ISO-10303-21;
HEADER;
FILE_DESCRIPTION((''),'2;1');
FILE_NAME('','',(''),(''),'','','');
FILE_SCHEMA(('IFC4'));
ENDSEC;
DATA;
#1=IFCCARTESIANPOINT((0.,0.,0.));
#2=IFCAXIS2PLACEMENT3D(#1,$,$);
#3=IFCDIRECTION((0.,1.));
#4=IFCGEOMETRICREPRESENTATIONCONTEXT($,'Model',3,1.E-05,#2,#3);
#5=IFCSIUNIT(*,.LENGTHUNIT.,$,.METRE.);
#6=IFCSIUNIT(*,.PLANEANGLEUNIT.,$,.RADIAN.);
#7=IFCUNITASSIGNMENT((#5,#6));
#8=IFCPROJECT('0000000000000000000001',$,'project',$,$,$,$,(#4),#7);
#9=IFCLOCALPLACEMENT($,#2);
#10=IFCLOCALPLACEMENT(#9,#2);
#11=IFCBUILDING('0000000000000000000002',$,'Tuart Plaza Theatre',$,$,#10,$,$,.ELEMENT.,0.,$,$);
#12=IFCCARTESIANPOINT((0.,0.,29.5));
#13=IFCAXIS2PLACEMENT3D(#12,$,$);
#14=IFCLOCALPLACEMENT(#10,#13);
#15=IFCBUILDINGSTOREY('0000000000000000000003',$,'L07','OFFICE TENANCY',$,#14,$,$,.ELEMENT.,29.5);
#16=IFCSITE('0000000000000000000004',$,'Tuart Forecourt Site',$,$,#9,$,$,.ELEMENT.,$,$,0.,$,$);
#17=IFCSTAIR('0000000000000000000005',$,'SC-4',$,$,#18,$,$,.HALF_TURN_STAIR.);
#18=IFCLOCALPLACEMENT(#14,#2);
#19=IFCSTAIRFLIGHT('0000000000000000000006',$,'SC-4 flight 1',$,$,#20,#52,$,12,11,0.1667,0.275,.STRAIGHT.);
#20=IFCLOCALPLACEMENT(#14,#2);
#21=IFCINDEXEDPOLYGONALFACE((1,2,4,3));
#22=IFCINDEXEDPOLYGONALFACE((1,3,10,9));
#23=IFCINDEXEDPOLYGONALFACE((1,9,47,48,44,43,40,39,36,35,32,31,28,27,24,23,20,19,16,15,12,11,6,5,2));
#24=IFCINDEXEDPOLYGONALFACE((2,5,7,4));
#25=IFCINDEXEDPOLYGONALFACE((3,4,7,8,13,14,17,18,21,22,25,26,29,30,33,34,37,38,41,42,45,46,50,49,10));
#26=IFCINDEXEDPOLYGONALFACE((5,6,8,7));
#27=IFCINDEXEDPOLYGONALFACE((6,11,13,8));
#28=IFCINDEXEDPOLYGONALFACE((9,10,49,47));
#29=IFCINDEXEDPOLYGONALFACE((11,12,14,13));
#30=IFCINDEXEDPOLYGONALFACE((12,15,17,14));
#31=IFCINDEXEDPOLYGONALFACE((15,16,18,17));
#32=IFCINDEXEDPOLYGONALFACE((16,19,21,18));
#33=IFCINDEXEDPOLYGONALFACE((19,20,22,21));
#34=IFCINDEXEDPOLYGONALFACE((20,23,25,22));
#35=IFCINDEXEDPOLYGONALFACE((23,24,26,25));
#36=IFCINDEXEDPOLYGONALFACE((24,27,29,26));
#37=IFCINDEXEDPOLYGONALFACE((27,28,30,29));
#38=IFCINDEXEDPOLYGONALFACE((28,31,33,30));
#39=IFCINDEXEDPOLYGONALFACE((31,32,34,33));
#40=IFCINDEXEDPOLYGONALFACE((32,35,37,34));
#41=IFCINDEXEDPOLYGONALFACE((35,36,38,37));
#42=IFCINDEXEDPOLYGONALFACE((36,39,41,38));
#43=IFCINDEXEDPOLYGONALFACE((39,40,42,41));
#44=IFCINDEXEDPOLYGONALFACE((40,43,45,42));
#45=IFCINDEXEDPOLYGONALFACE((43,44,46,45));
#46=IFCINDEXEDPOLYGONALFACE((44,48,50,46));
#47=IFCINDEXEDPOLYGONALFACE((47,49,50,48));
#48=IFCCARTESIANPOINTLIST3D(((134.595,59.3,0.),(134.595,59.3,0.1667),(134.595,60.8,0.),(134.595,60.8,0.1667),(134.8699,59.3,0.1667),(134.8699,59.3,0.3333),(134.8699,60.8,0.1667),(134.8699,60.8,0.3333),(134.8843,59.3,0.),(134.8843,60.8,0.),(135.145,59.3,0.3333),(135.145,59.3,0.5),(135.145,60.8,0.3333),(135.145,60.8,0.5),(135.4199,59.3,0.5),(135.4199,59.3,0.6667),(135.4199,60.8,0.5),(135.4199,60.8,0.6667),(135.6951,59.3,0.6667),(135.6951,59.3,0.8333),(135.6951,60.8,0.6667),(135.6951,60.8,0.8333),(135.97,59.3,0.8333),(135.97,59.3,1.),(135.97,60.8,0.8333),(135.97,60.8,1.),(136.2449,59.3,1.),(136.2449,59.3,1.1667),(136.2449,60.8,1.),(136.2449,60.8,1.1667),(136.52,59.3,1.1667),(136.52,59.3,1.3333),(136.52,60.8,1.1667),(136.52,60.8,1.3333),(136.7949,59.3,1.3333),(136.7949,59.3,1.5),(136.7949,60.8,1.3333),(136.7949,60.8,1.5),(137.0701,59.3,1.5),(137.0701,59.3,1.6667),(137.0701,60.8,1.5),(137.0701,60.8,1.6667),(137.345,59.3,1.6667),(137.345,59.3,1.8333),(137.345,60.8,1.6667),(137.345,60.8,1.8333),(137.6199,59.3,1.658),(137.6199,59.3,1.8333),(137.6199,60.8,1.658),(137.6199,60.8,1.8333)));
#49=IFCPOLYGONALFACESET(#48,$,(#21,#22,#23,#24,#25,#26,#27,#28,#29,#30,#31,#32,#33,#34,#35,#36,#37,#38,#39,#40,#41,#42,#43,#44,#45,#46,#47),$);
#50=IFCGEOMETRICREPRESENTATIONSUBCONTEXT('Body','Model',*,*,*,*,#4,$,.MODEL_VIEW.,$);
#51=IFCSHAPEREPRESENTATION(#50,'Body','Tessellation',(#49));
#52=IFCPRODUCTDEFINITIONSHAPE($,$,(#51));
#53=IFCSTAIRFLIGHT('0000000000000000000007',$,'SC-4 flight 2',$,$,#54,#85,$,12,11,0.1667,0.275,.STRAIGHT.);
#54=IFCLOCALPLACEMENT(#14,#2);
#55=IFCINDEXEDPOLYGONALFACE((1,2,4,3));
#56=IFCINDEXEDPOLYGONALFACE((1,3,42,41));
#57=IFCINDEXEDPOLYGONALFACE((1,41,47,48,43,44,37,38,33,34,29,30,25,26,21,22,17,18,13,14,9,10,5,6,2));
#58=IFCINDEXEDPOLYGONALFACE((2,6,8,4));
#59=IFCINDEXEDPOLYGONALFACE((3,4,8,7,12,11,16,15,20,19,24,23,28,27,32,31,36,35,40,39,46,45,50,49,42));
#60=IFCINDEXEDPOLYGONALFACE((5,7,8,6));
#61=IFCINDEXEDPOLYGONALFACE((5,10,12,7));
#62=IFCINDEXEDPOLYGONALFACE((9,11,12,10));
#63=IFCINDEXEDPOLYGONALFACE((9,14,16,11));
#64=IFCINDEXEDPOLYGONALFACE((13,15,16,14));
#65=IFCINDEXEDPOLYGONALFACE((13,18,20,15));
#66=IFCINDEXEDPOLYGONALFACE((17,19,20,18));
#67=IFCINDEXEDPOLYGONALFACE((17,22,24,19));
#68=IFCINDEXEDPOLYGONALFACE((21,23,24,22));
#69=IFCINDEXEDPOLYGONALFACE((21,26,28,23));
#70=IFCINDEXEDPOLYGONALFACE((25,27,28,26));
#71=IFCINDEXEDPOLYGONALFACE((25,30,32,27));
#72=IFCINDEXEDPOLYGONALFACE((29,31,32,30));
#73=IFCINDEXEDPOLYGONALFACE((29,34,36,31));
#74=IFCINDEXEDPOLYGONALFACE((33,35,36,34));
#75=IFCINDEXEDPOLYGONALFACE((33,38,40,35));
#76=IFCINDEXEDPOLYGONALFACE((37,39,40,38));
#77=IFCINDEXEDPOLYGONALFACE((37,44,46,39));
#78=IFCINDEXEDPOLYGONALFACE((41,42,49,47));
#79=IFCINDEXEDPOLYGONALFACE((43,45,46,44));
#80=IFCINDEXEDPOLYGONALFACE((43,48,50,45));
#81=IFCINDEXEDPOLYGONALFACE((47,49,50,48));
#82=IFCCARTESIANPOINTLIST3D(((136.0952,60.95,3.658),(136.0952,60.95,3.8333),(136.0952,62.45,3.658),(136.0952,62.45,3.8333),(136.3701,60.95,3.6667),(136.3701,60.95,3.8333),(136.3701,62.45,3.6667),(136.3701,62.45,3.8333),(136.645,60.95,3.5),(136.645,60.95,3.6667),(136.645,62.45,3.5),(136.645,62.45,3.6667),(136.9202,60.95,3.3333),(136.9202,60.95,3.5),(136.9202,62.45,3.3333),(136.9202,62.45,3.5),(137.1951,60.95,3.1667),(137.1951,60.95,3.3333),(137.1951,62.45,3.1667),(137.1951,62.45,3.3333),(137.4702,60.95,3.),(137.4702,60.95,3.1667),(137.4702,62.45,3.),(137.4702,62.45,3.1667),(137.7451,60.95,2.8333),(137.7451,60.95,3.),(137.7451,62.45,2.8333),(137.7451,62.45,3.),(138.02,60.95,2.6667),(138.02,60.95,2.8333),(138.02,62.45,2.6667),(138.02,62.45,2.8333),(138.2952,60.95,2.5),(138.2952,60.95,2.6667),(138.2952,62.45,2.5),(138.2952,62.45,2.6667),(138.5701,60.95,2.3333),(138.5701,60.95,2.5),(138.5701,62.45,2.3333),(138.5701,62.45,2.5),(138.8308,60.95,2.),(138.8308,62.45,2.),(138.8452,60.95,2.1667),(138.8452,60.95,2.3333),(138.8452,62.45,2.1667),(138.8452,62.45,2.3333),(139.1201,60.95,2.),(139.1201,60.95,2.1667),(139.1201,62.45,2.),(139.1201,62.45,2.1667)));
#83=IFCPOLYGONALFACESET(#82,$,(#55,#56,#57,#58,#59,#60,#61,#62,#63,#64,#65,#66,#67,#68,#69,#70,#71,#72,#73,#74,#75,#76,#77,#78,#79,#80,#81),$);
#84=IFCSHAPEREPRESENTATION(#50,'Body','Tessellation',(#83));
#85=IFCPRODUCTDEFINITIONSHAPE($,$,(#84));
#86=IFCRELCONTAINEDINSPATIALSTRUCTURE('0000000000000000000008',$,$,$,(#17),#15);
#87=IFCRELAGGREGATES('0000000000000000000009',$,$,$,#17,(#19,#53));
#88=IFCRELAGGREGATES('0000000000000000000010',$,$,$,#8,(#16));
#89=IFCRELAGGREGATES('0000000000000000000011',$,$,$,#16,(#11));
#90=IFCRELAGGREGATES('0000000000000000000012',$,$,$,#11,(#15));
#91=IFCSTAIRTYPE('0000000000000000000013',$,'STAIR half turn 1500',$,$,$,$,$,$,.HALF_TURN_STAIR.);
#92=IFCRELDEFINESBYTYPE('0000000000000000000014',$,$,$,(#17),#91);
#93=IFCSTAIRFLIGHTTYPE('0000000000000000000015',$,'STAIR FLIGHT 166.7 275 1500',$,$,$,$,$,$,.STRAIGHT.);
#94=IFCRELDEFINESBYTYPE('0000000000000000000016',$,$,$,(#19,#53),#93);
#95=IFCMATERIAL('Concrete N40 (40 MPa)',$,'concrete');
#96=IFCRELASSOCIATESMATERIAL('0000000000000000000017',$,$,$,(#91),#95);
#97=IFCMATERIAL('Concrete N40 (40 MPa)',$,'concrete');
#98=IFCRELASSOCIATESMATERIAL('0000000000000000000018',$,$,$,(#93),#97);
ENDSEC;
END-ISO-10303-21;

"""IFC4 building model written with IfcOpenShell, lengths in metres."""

from ifc_helpers import new_model, si_unit, direction, frame, origin, place, context, subcontext, project, spatial, polyline, outline, extrude, material, type_object, element, aggregate, save


model = new_model("IFC4")

# Units and contexts
model_context = context("Model", 3, precision=1e-05, world=origin(), true_north=direction((0.0, 1.0)))
body_context = subcontext(model_context, "Body", "Model", "MODEL_VIEW")
ifc_project = project(units=[si_unit("LENGTHUNIT", "METRE"), si_unit("PLANEANGLEUNIT", "RADIAN")], contexts=[model_context])

# Site, building, storey
site_placement = place(None, origin())
site = spatial("IfcSite", under=ifc_project, at=site_placement, Name="Tuart Forecourt Site", CompositionType="ELEMENT", RefElevation=0.0)
building_placement = place(site_placement, origin())
building = spatial("IfcBuilding", under=site, at=building_placement, Name="Tuart Plaza Theatre", CompositionType="ELEMENT", ElevationOfRefHeight=0.0)
storey_placement = place(building_placement, frame((0.0, 0.0, 29.5)))
storey = spatial("IfcBuildingStorey", under=building, at=storey_placement, Name="L07", Description="OFFICE TENANCY", CompositionType="ELEMENT", Elevation=29.5)

# Stair, stair flights
ifc_material_1 = material(Name="Concrete N40 (40 MPa)", Category="concrete")
stair_type = type_object("IfcStairType", Name="STAIR half turn 1500", PredefinedType="HALF_TURN_STAIR", material=ifc_material_1)
stair_placement = place(storey_placement, origin())
stair = element("IfcStair", 1, at=stair_placement, inside=storey, type_object=stair_type, Name="SC-4", PredefinedType="HALF_TURN_STAIR")
ifc_material_2 = material(Name="Concrete N40 (40 MPa)", Category="concrete")
stair_flight_type = type_object("IfcStairFlightType", Name="STAIR FLIGHT 166.7 275 1500", PredefinedType="STRAIGHT", material=ifc_material_2)
stair_flight_1_placement = place(storey_placement, frame((134.595, 60.05, 0.0), z_axis=(0.0, 0.0, 1.0), x_axis=(1.0, 0.0, 0.0)))
stair_flight_1 = element("IfcStairFlight", 2, at=stair_flight_1_placement, type_object=stair_flight_type, Name="SC-4 flight 1", NumberOfRisers=12, NumberOfTreads=11, PredefinedType="STRAIGHT", RiserHeight=0.1667, TreadLength=0.275, context=body_context, shape_type="SweptSolid", body=[
    extrude(outline(polyline([(0.0, 0.0), (0.0, 0.1667), (0.2749, 0.1667), (0.2749, 0.3333), (0.55, 0.3333), (0.55, 0.5), (0.825, 0.5), (0.825, 0.6667), (1.1001, 0.6667), (1.1001, 0.8333), (1.375, 0.8333), (1.375, 1.0), (1.6499, 1.0), (1.6499, 1.1667), (1.925, 1.1667), (1.925, 1.3333), (2.2, 1.3333), (2.2, 1.5), (2.4751, 1.5), (2.4751, 1.6667), (2.75, 1.6667), (2.75, 1.8333), (3.0249, 1.8333), (3.0249, 2.0), (3.0249, 1.658), (0.2893, 0.0), (0.0, 0.0)])), frame((0.0, 0.75, 0.0), z_axis=(0.0, -1.0, 0.0), x_axis=(1.0, 0.0, 0.0)), (0.0, 0.0, 1.0), 1.5),
])
stair_flight_2_placement = place(storey_placement, frame((139.1201, 61.7, 2.0), z_axis=(0.0, 0.0, 1.0), x_axis=(-1.0, 0.0, 0.0)))
stair_flight_2 = element("IfcStairFlight", 3, at=stair_flight_2_placement, type_object=stair_flight_type, Name="SC-4 flight 2", NumberOfRisers=12, NumberOfTreads=11, PredefinedType="STRAIGHT", RiserHeight=0.1667, TreadLength=0.275, context=body_context, shape_type="SweptSolid", body=[
    extrude(outline(polyline([(0.0, 0.0), (0.0, 0.1667), (0.2749, 0.1667), (0.2749, 0.3333), (0.55, 0.3333), (0.55, 0.5), (0.825, 0.5), (0.825, 0.6667), (1.1001, 0.6667), (1.1001, 0.8333), (1.375, 0.8333), (1.375, 1.0), (1.6499, 1.0), (1.6499, 1.1667), (1.925, 1.1667), (1.925, 1.3333), (2.2, 1.3333), (2.2, 1.5), (2.4751, 1.5), (2.4751, 1.6667), (2.75, 1.6667), (2.75, 1.8333), (3.0249, 1.8333), (3.0249, 2.0), (3.0249, 1.658), (0.2893, 0.0), (0.0, 0.0)])), frame((0.0, 0.75, 0.0), z_axis=(0.0, -1.0, 0.0), x_axis=(1.0, 0.0, 0.0)), (0.0, 0.0, 1.0), 1.5),
])
aggregate(stair, [stair_flight_1, stair_flight_2])

save(model, "model.ifc")
